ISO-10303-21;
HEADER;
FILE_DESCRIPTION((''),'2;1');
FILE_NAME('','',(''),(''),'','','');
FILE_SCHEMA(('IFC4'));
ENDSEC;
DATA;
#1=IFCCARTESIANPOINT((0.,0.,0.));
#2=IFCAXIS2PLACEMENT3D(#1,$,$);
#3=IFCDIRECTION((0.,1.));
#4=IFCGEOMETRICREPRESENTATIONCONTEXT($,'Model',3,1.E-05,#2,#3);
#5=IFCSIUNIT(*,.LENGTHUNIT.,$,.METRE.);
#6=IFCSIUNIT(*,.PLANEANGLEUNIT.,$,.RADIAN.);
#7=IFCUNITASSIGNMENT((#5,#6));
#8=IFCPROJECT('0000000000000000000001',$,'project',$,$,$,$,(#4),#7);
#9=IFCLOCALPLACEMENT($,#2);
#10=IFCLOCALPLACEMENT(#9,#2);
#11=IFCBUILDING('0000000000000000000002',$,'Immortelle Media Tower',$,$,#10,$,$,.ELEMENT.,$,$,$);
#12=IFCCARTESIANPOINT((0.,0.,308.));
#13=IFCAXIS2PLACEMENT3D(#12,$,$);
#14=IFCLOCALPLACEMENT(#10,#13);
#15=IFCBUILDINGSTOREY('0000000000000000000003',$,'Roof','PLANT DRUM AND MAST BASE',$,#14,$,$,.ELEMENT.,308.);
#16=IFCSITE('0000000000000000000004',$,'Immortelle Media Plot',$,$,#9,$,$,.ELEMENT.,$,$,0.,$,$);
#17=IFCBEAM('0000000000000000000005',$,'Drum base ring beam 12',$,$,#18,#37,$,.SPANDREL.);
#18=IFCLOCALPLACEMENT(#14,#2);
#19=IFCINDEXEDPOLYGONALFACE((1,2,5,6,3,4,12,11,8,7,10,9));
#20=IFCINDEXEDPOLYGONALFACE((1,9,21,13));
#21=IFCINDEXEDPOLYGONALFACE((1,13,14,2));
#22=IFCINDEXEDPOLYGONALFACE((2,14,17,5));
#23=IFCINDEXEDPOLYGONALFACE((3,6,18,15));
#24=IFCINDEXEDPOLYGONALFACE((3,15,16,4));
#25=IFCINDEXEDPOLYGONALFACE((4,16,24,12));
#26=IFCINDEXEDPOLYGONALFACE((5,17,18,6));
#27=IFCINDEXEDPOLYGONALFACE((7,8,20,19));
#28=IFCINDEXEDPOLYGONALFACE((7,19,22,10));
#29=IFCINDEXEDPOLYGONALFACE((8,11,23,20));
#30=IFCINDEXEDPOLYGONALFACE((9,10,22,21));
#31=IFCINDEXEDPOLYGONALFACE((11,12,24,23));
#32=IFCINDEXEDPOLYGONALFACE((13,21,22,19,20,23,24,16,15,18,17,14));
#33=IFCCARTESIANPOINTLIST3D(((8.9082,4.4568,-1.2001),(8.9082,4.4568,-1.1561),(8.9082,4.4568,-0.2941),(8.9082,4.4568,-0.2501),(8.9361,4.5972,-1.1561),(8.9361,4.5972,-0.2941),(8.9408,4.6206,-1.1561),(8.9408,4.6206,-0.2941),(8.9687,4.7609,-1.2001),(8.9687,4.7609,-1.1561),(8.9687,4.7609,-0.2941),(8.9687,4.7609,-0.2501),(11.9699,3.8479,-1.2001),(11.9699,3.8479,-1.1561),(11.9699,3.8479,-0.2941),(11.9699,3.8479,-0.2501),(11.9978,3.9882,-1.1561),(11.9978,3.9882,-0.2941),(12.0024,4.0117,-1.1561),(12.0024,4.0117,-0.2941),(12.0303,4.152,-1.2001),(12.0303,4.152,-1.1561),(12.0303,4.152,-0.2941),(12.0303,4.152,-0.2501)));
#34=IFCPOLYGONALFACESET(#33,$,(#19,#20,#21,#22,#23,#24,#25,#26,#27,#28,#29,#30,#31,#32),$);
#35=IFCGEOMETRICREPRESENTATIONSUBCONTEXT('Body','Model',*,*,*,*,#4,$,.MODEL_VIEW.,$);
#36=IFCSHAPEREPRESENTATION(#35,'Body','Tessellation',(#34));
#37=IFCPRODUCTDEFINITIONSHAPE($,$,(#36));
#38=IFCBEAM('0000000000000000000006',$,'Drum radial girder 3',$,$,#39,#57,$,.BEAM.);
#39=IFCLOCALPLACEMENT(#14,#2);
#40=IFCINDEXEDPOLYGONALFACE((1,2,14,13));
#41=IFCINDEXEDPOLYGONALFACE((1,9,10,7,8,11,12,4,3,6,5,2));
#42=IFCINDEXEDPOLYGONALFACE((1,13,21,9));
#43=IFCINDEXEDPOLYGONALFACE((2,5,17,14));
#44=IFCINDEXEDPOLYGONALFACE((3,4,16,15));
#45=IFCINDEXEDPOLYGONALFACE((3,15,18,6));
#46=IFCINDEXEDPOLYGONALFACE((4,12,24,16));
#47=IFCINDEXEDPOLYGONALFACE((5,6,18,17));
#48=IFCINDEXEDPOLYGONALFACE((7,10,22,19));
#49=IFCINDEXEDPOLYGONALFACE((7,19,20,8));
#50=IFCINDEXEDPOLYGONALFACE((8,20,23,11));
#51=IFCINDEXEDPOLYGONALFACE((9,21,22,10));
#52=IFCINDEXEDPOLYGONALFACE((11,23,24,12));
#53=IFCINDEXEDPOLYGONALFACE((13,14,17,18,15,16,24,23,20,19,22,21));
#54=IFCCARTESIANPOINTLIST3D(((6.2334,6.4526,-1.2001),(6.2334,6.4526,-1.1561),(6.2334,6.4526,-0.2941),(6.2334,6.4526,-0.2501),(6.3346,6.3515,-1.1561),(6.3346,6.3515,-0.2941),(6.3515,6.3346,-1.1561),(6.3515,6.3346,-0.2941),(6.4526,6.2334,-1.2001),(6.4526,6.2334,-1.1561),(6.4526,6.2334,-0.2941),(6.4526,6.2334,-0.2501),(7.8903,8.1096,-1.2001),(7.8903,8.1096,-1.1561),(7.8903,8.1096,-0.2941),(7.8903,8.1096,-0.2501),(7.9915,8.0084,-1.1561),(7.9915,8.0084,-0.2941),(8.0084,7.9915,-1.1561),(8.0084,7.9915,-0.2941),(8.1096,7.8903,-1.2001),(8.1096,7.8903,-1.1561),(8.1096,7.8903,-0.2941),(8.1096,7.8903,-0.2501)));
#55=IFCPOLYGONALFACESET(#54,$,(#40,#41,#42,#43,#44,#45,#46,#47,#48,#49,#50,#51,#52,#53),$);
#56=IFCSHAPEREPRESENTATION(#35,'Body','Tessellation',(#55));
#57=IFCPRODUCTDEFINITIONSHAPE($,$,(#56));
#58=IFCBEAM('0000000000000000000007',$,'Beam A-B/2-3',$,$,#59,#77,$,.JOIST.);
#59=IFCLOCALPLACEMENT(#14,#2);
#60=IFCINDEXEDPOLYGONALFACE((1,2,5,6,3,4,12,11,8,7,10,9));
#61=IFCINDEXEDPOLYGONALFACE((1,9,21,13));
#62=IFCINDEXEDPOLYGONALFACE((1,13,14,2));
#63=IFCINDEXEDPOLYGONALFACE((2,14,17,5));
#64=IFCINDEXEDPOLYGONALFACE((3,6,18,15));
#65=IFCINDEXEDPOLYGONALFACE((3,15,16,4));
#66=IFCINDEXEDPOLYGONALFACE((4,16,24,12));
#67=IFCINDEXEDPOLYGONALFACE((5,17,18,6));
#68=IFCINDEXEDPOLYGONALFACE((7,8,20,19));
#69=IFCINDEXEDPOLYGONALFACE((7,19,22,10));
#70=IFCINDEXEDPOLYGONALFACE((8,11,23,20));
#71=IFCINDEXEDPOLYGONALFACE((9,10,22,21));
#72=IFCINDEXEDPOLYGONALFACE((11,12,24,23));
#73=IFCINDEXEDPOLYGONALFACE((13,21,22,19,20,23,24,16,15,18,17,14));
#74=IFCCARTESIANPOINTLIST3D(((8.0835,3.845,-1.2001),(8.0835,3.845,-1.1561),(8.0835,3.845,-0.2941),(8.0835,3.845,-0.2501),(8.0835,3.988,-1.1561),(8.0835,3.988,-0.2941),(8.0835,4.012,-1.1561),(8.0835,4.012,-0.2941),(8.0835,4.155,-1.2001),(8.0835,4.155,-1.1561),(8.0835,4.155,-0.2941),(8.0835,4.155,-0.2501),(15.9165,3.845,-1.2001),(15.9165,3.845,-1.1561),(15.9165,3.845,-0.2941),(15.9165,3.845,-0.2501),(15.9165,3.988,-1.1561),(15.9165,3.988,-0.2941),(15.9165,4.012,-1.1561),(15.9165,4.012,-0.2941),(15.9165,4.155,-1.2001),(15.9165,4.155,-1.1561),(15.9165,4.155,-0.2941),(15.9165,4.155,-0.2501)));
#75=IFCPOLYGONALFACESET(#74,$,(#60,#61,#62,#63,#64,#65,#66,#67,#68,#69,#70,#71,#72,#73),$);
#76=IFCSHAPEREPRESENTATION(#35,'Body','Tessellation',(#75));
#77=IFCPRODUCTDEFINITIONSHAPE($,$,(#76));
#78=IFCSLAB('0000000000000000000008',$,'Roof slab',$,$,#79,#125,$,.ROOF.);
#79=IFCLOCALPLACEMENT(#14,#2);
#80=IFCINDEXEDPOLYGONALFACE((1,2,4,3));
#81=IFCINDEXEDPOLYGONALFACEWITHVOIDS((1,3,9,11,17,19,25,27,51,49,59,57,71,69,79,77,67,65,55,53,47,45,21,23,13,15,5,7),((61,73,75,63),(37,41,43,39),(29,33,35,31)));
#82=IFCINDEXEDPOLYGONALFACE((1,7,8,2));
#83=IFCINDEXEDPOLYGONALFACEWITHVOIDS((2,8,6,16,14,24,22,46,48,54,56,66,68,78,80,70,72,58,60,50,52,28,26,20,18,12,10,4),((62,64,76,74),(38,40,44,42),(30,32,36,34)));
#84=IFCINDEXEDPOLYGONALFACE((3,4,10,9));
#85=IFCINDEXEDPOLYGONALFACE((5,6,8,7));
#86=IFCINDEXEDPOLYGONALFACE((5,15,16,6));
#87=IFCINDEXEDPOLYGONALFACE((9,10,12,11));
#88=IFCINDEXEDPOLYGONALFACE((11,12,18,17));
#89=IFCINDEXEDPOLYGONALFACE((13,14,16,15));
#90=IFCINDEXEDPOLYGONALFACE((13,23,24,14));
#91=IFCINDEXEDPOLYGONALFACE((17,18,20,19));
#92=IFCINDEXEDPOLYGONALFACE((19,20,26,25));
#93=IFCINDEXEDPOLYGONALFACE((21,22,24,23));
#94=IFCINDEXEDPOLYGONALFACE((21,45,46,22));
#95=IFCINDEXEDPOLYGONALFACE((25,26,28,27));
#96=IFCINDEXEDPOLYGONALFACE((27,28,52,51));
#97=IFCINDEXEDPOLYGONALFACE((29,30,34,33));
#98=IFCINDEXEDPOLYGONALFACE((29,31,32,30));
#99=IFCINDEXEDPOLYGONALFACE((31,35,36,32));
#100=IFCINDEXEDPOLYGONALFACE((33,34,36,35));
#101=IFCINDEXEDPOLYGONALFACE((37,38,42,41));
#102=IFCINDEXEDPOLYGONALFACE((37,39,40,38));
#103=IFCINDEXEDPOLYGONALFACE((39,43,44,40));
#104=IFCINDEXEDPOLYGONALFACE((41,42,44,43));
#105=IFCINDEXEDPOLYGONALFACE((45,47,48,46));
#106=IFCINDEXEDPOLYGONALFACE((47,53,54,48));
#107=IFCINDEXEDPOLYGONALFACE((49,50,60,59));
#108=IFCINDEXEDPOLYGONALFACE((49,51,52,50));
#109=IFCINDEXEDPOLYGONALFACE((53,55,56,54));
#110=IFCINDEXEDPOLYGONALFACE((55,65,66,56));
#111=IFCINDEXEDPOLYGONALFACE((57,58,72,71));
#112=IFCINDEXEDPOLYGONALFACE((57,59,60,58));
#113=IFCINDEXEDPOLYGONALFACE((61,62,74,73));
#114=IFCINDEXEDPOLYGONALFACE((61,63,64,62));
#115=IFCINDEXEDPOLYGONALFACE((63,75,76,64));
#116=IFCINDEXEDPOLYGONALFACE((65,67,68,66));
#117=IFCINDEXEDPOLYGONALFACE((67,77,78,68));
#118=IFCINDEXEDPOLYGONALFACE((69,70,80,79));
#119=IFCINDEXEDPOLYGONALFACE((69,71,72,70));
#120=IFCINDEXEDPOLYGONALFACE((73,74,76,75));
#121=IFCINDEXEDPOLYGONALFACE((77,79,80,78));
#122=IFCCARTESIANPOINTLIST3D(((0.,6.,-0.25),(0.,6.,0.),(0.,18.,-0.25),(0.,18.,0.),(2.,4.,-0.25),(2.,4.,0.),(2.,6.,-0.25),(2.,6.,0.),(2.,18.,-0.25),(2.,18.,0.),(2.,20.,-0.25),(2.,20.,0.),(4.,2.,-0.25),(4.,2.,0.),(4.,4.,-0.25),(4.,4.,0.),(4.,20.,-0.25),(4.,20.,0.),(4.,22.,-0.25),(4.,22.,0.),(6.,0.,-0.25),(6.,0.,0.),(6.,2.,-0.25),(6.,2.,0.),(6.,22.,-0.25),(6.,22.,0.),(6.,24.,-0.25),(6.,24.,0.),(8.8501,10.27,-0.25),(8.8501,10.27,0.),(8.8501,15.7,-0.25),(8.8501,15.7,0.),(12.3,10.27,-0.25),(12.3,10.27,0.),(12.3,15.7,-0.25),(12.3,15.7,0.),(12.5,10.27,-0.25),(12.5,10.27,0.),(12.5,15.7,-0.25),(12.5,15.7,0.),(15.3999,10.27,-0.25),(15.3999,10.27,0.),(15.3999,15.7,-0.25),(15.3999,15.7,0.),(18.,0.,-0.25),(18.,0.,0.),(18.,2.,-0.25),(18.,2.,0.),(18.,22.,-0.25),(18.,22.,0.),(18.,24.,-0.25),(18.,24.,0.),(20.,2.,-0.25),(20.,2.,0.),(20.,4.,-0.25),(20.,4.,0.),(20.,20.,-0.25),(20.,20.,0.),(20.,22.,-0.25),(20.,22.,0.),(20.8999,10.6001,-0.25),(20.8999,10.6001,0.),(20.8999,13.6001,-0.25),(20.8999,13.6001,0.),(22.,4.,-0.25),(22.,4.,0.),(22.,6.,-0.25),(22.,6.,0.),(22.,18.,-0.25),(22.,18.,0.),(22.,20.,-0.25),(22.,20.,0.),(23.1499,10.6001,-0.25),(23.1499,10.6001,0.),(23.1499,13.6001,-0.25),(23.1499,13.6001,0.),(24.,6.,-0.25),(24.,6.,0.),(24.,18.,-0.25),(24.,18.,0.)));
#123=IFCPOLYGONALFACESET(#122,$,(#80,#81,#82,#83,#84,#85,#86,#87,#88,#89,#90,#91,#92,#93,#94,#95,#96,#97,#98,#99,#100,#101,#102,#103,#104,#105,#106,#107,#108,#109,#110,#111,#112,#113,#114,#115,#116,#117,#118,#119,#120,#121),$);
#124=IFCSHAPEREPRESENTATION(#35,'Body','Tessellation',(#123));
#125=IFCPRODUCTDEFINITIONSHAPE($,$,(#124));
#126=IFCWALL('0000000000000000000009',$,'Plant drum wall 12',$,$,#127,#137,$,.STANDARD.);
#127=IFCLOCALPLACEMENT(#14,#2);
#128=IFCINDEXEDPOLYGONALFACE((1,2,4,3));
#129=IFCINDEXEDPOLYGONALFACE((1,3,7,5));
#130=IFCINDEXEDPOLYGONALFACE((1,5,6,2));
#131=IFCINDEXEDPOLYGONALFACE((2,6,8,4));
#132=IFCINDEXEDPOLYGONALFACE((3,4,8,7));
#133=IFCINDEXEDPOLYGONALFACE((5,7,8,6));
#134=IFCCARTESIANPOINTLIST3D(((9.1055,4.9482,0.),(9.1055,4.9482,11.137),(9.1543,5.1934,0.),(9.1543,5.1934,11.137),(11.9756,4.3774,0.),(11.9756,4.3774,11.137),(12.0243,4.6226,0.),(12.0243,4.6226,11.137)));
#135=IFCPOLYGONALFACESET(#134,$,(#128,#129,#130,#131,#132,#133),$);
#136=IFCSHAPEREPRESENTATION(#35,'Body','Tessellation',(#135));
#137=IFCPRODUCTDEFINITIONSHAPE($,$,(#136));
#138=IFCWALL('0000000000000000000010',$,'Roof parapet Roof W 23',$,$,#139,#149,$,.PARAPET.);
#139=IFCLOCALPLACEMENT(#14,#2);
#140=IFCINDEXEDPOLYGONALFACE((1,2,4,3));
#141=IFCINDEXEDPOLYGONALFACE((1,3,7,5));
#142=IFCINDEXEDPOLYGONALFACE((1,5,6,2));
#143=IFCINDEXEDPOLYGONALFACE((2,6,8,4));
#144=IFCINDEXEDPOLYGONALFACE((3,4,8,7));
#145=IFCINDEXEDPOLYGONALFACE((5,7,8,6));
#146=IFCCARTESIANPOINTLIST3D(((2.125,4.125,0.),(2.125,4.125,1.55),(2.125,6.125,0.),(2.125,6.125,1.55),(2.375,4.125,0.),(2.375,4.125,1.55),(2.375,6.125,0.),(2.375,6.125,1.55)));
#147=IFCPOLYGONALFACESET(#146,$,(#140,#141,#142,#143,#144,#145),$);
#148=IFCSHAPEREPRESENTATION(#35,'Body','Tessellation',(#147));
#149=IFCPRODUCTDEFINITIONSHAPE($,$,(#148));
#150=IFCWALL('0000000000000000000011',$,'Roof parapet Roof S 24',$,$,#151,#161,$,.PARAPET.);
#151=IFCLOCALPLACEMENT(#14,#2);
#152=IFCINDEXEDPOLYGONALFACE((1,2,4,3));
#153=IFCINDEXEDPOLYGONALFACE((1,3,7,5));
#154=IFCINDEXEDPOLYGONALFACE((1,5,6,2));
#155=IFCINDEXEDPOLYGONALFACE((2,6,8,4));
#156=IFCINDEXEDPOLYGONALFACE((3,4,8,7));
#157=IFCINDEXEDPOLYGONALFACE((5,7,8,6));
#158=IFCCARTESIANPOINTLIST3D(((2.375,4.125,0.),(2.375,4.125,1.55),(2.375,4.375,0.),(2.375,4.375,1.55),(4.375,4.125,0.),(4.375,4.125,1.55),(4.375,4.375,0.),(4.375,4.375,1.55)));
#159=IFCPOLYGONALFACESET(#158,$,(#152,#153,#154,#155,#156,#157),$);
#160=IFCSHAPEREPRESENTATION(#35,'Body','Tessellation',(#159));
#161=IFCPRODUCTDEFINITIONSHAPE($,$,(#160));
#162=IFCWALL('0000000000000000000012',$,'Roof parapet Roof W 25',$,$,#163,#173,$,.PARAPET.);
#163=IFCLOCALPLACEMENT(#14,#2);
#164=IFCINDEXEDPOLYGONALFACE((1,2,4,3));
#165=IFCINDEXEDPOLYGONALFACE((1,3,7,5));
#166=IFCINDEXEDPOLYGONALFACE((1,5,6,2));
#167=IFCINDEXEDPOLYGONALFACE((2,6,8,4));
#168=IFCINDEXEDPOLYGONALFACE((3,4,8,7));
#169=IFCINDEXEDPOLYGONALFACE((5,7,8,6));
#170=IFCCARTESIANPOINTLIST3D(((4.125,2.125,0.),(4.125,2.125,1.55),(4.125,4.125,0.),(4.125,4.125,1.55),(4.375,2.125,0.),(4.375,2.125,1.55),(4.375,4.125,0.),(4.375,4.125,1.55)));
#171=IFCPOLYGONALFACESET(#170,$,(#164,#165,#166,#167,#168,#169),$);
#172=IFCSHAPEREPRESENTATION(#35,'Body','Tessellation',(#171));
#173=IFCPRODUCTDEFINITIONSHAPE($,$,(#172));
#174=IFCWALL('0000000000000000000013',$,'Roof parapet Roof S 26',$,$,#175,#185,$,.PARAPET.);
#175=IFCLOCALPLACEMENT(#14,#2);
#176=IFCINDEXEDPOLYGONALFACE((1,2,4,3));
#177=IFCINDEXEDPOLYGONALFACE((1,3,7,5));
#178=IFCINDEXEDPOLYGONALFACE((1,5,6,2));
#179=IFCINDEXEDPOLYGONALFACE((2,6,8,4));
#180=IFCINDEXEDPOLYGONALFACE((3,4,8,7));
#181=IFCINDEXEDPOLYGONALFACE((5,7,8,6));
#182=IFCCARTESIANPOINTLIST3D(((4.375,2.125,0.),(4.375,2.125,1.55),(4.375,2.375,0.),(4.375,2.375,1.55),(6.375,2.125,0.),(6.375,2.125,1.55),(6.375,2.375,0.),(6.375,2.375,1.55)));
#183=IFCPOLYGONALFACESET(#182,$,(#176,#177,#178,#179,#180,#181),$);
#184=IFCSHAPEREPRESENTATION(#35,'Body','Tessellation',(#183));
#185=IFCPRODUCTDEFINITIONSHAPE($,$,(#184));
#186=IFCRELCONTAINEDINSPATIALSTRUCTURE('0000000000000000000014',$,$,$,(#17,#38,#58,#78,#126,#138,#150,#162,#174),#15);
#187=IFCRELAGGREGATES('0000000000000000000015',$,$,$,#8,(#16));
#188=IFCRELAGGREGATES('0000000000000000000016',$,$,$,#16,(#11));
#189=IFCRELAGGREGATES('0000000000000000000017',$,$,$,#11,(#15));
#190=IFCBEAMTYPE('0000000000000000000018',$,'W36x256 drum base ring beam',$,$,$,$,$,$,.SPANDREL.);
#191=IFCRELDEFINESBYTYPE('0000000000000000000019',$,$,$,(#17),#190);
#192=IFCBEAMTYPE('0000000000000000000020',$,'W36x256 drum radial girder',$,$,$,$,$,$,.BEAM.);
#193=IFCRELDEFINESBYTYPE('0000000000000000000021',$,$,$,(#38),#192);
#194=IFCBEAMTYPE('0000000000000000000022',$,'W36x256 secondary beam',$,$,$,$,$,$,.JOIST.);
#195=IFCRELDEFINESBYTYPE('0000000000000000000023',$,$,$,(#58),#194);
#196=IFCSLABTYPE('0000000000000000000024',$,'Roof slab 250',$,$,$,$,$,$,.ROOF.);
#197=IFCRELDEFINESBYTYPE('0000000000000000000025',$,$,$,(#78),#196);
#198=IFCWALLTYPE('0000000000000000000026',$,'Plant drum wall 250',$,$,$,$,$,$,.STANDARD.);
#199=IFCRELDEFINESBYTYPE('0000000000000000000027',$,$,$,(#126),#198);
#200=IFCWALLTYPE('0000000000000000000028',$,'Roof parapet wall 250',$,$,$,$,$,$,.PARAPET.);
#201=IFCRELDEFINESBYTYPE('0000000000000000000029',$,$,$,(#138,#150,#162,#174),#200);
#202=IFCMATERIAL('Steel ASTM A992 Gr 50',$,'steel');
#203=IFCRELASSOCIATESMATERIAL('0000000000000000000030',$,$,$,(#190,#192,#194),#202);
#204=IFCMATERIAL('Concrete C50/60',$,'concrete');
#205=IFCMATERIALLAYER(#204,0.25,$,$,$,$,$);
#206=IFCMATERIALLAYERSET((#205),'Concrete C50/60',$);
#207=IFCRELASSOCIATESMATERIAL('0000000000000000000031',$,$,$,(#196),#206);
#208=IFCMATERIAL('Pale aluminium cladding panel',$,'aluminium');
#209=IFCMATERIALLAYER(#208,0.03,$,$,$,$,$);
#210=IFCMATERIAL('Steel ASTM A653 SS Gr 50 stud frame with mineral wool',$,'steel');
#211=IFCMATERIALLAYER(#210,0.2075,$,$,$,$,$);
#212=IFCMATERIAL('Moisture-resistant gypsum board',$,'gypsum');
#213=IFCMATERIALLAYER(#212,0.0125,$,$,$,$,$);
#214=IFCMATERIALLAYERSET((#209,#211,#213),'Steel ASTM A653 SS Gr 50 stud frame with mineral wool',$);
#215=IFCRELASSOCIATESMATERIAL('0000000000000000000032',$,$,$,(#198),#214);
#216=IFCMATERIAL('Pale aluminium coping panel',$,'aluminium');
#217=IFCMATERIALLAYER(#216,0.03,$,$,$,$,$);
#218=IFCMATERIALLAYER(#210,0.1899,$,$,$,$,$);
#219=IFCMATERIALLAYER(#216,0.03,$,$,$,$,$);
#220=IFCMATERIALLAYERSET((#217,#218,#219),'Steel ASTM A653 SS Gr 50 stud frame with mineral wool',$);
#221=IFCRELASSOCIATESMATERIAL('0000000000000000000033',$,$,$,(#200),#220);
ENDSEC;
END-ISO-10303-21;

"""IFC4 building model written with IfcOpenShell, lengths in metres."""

from ifc_helpers import new_model, si_unit, direction, frame, frame_2d, origin, origin_2d, place, context, subcontext, project, spatial, polyline, rectangle, i_section, outline, extrude, material, layer, layer_set, material_profile, profile_set, type_object, element, save


model = new_model("IFC4")

# Units and contexts
model_context = context("Model", 3, precision=1e-05, world=origin(), true_north=direction((0.0, 1.0)))
body_context = subcontext(model_context, "Body", "Model", "MODEL_VIEW")
ifc_project = project(units=[si_unit("LENGTHUNIT", "METRE"), si_unit("PLANEANGLEUNIT", "RADIAN")], contexts=[model_context])

# Site, building, storey
site_placement = place(None, origin())
site = spatial("IfcSite", under=ifc_project, at=site_placement, Name="Immortelle Media Plot", CompositionType="ELEMENT", RefElevation=0.0)
building_placement = place(site_placement, origin())
building = spatial("IfcBuilding", under=site, at=building_placement, Name="Immortelle Media Tower", CompositionType="ELEMENT")
storey_placement = place(building_placement, frame((0.0, 0.0, 308.0)))
storey = spatial("IfcBuildingStorey", under=building, at=storey_placement, Name="Roof", Description="PLANT DRUM AND MAST BASE", CompositionType="ELEMENT", Elevation=308.0)

# Shared definitions
ifc_material_1 = material(Name="Steel ASTM A992 Gr 50", Category="steel")

# Beams
ifc_material_profile_1 = material_profile(ifc_material_1, i_section(OverallWidth=0.3101, OverallDepth=0.95, WebThickness=0.0239, FlangeThickness=0.0439, at=origin_2d()), Name="W36x256")
ifc_profile_set_1 = profile_set([ifc_material_profile_1], Name="Steel ASTM A992 Gr 50")
beam_type_1 = type_object("IfcBeamType", Name="W36x256 drum base ring beam", PredefinedType="SPANDREL", material=ifc_profile_set_1)
for number, where, z_axis, x_axis, name in (
    (1, (8.9385, 4.6089, -0.7251), (0.980791, -0.195063, 0.0), (0.195063, 0.980791, 0.0), "Drum base ring beam 12"),
):
    element("IfcBeam", number, at=place(storey_placement, frame(where, z_axis=z_axis, x_axis=x_axis)), inside=storey, type_object=beam_type_1, Name=name, PredefinedType="SPANDREL", context=body_context, shape_type="SweptSolid", body=[
        extrude(i_section(OverallWidth=0.3101, OverallDepth=0.95, WebThickness=0.0239, FlangeThickness=0.0439, at=origin_2d()), origin(), (0.0, 0.0, 1.0), 3.1216),
    ])
ifc_material_profile_2 = material_profile(ifc_material_1, i_section(OverallWidth=0.3101, OverallDepth=0.95, WebThickness=0.0239, FlangeThickness=0.0439, at=origin_2d()), Name="W36x256")
ifc_profile_set_2 = profile_set([ifc_material_profile_2], Name="Steel ASTM A992 Gr 50")
beam_type_2 = type_object("IfcBeamType", Name="W36x256 drum radial girder", PredefinedType="BEAM", material=ifc_profile_set_2)
beam_1_placement = place(storey_placement, frame((6.343, 6.343, -0.7251), z_axis=(0.707107, 0.707107, 0.0), x_axis=(-0.707107, 0.707107, 0.0)))
element("IfcBeam", 2, at=beam_1_placement, inside=storey, type_object=beam_type_2, Name="Drum radial girder 3", PredefinedType="BEAM", context=body_context, shape_type="SweptSolid", body=[
    extrude(i_section(OverallWidth=0.3101, OverallDepth=0.95, WebThickness=0.0239, FlangeThickness=0.0439, at=origin_2d()), origin(), (0.0, 0.0, 1.0), 2.3433),
])
ifc_material_profile_3 = material_profile(ifc_material_1, i_section(OverallWidth=0.3101, OverallDepth=0.95, WebThickness=0.0239, FlangeThickness=0.0439, at=origin_2d()), Name="W36x256")
ifc_profile_set_3 = profile_set([ifc_material_profile_3], Name="Steel ASTM A992 Gr 50")
beam_type_3 = type_object("IfcBeamType", Name="W36x256 secondary beam", PredefinedType="JOIST", material=ifc_profile_set_3)
beam_2_placement = place(storey_placement, frame((8.0835, 4.0, -0.7251), z_axis=(1.0, 0.0, 0.0), x_axis=(0.0, 1.0, 0.0)))
element("IfcBeam", 3, at=beam_2_placement, inside=storey, type_object=beam_type_3, Name="Beam A-B/2-3", PredefinedType="JOIST", context=body_context, shape_type="SweptSolid", body=[
    extrude(i_section(OverallWidth=0.3101, OverallDepth=0.95, WebThickness=0.0239, FlangeThickness=0.0439, at=origin_2d()), origin(), (0.0, 0.0, 1.0), 7.833),
])

# Slab
ifc_material_2 = material(Name="Concrete C50/60", Category="concrete")
ifc_layer_1 = layer(ifc_material_2, 0.25)
ifc_layer_set_1 = layer_set([ifc_layer_1], Name="Concrete C50/60")
slab_type = type_object("IfcSlabType", Name="Roof slab 250", PredefinedType="ROOF", material=ifc_layer_set_1)
slab_placement = place(storey_placement, frame((0.0, 0.0, -0.25)))
element("IfcSlab", 4, at=slab_placement, inside=storey, type_object=slab_type, Name="Roof slab", PredefinedType="ROOF", context=body_context, shape_type="SweptSolid", body=[
    extrude(outline(polyline([(6.0, 0.0), (6.0, 2.0), (4.0, 2.0), (4.0, 4.0), (2.0, 4.0), (2.0, 6.0), (0.0, 6.0), (0.0, 18.0), (2.0, 18.0), (2.0, 20.0), (4.0, 20.0), (4.0, 22.0), (6.0, 22.0), (6.0, 24.0), (18.0, 24.0), (18.0, 22.0), (20.0, 22.0), (20.0, 20.0), (22.0, 20.0), (22.0, 18.0), (24.0, 18.0), (24.0, 6.0), (22.0, 6.0), (22.0, 4.0), (20.0, 4.0), (20.0, 2.0), (18.0, 2.0), (18.0, 0.0), (6.0, 0.0)]), holes=[polyline([(20.8999, 10.6001), (23.1499, 10.6001), (23.1499, 13.6001), (20.8999, 13.6001), (20.8999, 10.6001)]), polyline([(8.8501, 15.7), (8.8501, 10.27), (12.3, 10.27), (12.3, 15.7), (8.8501, 15.7)]), polyline([(12.5, 15.7), (12.5, 10.27), (15.3999, 10.27), (15.3999, 15.7), (12.5, 15.7)])]), origin(), (0.0, 0.0, 1.0), 0.25),
])

# Walls
ifc_material_3 = material(Name="Pale aluminium cladding panel", Category="aluminium")
ifc_layer_2 = layer(ifc_material_3, 0.03)
ifc_material_4 = material(Name="Steel ASTM A653 SS Gr 50 stud frame with mineral wool", Category="steel")
ifc_layer_3 = layer(ifc_material_4, 0.2075)
ifc_material_5 = material(Name="Moisture-resistant gypsum board", Category="gypsum")
ifc_layer_4 = layer(ifc_material_5, 0.0125)
ifc_layer_set_2 = layer_set([ifc_layer_2, ifc_layer_3, ifc_layer_4], Name="Steel ASTM A653 SS Gr 50 stud frame with mineral wool")
wall_type_1 = type_object("IfcWallType", Name="Plant drum wall 250", PredefinedType="STANDARD", material=ifc_layer_set_2)
wall_1_placement = place(storey_placement, frame((9.1299, 5.0708, 0.0), z_axis=(0.0, 0.0, 1.0), x_axis=(0.980792, -0.195057, 0.0)))
element("IfcWall", 5, at=wall_1_placement, inside=storey, type_object=wall_type_1, Name="Plant drum wall 12", PredefinedType="STANDARD", context=body_context, shape_type="SweptSolid", body=[
    extrude(rectangle(XDim=2.9263, YDim=0.25, at=frame_2d((1.4631, 0.0))), origin(), (0.0, 0.0, 1.0), 11.137),
])
ifc_material_6 = material(Name="Pale aluminium coping panel", Category="aluminium")
ifc_layer_5 = layer(ifc_material_6, 0.03)
ifc_layer_6 = layer(ifc_material_4, 0.1899)
ifc_layer_7 = layer(ifc_material_6, 0.03)
ifc_layer_set_3 = layer_set([ifc_layer_5, ifc_layer_6, ifc_layer_7], Name="Steel ASTM A653 SS Gr 50 stud frame with mineral wool")
wall_type_2 = type_object("IfcWallType", Name="Roof parapet wall 250", PredefinedType="PARAPET", material=ifc_layer_set_3)
for number, where, z_axis, x_axis, name in (
    (6, (2.25, 6.125, 0.0), (0.0, 0.0, 1.0), (0.0, -1.0, 0.0), "Roof parapet Roof W 23"),
    (7, (2.375, 4.25, 0.0), (0.0, 0.0, 1.0), (1.0, 0.0, 0.0), "Roof parapet Roof S 24"),
    (8, (4.25, 4.125, 0.0), (0.0, 0.0, 1.0), (0.0, -1.0, 0.0), "Roof parapet Roof W 25"),
    (9, (4.375, 2.25, 0.0), (0.0, 0.0, 1.0), (1.0, 0.0, 0.0), "Roof parapet Roof S 26"),
):
    element("IfcWall", number, at=place(storey_placement, frame(where, z_axis=z_axis, x_axis=x_axis)), inside=storey, type_object=wall_type_2, Name=name, PredefinedType="PARAPET", context=body_context, shape_type="SweptSolid", body=[
        extrude(rectangle(XDim=2.0, YDim=0.25, at=frame_2d((1.0, 0.0))), origin(), (0.0, 0.0, 1.0), 1.55),
    ])

save(model, "model.ifc")
